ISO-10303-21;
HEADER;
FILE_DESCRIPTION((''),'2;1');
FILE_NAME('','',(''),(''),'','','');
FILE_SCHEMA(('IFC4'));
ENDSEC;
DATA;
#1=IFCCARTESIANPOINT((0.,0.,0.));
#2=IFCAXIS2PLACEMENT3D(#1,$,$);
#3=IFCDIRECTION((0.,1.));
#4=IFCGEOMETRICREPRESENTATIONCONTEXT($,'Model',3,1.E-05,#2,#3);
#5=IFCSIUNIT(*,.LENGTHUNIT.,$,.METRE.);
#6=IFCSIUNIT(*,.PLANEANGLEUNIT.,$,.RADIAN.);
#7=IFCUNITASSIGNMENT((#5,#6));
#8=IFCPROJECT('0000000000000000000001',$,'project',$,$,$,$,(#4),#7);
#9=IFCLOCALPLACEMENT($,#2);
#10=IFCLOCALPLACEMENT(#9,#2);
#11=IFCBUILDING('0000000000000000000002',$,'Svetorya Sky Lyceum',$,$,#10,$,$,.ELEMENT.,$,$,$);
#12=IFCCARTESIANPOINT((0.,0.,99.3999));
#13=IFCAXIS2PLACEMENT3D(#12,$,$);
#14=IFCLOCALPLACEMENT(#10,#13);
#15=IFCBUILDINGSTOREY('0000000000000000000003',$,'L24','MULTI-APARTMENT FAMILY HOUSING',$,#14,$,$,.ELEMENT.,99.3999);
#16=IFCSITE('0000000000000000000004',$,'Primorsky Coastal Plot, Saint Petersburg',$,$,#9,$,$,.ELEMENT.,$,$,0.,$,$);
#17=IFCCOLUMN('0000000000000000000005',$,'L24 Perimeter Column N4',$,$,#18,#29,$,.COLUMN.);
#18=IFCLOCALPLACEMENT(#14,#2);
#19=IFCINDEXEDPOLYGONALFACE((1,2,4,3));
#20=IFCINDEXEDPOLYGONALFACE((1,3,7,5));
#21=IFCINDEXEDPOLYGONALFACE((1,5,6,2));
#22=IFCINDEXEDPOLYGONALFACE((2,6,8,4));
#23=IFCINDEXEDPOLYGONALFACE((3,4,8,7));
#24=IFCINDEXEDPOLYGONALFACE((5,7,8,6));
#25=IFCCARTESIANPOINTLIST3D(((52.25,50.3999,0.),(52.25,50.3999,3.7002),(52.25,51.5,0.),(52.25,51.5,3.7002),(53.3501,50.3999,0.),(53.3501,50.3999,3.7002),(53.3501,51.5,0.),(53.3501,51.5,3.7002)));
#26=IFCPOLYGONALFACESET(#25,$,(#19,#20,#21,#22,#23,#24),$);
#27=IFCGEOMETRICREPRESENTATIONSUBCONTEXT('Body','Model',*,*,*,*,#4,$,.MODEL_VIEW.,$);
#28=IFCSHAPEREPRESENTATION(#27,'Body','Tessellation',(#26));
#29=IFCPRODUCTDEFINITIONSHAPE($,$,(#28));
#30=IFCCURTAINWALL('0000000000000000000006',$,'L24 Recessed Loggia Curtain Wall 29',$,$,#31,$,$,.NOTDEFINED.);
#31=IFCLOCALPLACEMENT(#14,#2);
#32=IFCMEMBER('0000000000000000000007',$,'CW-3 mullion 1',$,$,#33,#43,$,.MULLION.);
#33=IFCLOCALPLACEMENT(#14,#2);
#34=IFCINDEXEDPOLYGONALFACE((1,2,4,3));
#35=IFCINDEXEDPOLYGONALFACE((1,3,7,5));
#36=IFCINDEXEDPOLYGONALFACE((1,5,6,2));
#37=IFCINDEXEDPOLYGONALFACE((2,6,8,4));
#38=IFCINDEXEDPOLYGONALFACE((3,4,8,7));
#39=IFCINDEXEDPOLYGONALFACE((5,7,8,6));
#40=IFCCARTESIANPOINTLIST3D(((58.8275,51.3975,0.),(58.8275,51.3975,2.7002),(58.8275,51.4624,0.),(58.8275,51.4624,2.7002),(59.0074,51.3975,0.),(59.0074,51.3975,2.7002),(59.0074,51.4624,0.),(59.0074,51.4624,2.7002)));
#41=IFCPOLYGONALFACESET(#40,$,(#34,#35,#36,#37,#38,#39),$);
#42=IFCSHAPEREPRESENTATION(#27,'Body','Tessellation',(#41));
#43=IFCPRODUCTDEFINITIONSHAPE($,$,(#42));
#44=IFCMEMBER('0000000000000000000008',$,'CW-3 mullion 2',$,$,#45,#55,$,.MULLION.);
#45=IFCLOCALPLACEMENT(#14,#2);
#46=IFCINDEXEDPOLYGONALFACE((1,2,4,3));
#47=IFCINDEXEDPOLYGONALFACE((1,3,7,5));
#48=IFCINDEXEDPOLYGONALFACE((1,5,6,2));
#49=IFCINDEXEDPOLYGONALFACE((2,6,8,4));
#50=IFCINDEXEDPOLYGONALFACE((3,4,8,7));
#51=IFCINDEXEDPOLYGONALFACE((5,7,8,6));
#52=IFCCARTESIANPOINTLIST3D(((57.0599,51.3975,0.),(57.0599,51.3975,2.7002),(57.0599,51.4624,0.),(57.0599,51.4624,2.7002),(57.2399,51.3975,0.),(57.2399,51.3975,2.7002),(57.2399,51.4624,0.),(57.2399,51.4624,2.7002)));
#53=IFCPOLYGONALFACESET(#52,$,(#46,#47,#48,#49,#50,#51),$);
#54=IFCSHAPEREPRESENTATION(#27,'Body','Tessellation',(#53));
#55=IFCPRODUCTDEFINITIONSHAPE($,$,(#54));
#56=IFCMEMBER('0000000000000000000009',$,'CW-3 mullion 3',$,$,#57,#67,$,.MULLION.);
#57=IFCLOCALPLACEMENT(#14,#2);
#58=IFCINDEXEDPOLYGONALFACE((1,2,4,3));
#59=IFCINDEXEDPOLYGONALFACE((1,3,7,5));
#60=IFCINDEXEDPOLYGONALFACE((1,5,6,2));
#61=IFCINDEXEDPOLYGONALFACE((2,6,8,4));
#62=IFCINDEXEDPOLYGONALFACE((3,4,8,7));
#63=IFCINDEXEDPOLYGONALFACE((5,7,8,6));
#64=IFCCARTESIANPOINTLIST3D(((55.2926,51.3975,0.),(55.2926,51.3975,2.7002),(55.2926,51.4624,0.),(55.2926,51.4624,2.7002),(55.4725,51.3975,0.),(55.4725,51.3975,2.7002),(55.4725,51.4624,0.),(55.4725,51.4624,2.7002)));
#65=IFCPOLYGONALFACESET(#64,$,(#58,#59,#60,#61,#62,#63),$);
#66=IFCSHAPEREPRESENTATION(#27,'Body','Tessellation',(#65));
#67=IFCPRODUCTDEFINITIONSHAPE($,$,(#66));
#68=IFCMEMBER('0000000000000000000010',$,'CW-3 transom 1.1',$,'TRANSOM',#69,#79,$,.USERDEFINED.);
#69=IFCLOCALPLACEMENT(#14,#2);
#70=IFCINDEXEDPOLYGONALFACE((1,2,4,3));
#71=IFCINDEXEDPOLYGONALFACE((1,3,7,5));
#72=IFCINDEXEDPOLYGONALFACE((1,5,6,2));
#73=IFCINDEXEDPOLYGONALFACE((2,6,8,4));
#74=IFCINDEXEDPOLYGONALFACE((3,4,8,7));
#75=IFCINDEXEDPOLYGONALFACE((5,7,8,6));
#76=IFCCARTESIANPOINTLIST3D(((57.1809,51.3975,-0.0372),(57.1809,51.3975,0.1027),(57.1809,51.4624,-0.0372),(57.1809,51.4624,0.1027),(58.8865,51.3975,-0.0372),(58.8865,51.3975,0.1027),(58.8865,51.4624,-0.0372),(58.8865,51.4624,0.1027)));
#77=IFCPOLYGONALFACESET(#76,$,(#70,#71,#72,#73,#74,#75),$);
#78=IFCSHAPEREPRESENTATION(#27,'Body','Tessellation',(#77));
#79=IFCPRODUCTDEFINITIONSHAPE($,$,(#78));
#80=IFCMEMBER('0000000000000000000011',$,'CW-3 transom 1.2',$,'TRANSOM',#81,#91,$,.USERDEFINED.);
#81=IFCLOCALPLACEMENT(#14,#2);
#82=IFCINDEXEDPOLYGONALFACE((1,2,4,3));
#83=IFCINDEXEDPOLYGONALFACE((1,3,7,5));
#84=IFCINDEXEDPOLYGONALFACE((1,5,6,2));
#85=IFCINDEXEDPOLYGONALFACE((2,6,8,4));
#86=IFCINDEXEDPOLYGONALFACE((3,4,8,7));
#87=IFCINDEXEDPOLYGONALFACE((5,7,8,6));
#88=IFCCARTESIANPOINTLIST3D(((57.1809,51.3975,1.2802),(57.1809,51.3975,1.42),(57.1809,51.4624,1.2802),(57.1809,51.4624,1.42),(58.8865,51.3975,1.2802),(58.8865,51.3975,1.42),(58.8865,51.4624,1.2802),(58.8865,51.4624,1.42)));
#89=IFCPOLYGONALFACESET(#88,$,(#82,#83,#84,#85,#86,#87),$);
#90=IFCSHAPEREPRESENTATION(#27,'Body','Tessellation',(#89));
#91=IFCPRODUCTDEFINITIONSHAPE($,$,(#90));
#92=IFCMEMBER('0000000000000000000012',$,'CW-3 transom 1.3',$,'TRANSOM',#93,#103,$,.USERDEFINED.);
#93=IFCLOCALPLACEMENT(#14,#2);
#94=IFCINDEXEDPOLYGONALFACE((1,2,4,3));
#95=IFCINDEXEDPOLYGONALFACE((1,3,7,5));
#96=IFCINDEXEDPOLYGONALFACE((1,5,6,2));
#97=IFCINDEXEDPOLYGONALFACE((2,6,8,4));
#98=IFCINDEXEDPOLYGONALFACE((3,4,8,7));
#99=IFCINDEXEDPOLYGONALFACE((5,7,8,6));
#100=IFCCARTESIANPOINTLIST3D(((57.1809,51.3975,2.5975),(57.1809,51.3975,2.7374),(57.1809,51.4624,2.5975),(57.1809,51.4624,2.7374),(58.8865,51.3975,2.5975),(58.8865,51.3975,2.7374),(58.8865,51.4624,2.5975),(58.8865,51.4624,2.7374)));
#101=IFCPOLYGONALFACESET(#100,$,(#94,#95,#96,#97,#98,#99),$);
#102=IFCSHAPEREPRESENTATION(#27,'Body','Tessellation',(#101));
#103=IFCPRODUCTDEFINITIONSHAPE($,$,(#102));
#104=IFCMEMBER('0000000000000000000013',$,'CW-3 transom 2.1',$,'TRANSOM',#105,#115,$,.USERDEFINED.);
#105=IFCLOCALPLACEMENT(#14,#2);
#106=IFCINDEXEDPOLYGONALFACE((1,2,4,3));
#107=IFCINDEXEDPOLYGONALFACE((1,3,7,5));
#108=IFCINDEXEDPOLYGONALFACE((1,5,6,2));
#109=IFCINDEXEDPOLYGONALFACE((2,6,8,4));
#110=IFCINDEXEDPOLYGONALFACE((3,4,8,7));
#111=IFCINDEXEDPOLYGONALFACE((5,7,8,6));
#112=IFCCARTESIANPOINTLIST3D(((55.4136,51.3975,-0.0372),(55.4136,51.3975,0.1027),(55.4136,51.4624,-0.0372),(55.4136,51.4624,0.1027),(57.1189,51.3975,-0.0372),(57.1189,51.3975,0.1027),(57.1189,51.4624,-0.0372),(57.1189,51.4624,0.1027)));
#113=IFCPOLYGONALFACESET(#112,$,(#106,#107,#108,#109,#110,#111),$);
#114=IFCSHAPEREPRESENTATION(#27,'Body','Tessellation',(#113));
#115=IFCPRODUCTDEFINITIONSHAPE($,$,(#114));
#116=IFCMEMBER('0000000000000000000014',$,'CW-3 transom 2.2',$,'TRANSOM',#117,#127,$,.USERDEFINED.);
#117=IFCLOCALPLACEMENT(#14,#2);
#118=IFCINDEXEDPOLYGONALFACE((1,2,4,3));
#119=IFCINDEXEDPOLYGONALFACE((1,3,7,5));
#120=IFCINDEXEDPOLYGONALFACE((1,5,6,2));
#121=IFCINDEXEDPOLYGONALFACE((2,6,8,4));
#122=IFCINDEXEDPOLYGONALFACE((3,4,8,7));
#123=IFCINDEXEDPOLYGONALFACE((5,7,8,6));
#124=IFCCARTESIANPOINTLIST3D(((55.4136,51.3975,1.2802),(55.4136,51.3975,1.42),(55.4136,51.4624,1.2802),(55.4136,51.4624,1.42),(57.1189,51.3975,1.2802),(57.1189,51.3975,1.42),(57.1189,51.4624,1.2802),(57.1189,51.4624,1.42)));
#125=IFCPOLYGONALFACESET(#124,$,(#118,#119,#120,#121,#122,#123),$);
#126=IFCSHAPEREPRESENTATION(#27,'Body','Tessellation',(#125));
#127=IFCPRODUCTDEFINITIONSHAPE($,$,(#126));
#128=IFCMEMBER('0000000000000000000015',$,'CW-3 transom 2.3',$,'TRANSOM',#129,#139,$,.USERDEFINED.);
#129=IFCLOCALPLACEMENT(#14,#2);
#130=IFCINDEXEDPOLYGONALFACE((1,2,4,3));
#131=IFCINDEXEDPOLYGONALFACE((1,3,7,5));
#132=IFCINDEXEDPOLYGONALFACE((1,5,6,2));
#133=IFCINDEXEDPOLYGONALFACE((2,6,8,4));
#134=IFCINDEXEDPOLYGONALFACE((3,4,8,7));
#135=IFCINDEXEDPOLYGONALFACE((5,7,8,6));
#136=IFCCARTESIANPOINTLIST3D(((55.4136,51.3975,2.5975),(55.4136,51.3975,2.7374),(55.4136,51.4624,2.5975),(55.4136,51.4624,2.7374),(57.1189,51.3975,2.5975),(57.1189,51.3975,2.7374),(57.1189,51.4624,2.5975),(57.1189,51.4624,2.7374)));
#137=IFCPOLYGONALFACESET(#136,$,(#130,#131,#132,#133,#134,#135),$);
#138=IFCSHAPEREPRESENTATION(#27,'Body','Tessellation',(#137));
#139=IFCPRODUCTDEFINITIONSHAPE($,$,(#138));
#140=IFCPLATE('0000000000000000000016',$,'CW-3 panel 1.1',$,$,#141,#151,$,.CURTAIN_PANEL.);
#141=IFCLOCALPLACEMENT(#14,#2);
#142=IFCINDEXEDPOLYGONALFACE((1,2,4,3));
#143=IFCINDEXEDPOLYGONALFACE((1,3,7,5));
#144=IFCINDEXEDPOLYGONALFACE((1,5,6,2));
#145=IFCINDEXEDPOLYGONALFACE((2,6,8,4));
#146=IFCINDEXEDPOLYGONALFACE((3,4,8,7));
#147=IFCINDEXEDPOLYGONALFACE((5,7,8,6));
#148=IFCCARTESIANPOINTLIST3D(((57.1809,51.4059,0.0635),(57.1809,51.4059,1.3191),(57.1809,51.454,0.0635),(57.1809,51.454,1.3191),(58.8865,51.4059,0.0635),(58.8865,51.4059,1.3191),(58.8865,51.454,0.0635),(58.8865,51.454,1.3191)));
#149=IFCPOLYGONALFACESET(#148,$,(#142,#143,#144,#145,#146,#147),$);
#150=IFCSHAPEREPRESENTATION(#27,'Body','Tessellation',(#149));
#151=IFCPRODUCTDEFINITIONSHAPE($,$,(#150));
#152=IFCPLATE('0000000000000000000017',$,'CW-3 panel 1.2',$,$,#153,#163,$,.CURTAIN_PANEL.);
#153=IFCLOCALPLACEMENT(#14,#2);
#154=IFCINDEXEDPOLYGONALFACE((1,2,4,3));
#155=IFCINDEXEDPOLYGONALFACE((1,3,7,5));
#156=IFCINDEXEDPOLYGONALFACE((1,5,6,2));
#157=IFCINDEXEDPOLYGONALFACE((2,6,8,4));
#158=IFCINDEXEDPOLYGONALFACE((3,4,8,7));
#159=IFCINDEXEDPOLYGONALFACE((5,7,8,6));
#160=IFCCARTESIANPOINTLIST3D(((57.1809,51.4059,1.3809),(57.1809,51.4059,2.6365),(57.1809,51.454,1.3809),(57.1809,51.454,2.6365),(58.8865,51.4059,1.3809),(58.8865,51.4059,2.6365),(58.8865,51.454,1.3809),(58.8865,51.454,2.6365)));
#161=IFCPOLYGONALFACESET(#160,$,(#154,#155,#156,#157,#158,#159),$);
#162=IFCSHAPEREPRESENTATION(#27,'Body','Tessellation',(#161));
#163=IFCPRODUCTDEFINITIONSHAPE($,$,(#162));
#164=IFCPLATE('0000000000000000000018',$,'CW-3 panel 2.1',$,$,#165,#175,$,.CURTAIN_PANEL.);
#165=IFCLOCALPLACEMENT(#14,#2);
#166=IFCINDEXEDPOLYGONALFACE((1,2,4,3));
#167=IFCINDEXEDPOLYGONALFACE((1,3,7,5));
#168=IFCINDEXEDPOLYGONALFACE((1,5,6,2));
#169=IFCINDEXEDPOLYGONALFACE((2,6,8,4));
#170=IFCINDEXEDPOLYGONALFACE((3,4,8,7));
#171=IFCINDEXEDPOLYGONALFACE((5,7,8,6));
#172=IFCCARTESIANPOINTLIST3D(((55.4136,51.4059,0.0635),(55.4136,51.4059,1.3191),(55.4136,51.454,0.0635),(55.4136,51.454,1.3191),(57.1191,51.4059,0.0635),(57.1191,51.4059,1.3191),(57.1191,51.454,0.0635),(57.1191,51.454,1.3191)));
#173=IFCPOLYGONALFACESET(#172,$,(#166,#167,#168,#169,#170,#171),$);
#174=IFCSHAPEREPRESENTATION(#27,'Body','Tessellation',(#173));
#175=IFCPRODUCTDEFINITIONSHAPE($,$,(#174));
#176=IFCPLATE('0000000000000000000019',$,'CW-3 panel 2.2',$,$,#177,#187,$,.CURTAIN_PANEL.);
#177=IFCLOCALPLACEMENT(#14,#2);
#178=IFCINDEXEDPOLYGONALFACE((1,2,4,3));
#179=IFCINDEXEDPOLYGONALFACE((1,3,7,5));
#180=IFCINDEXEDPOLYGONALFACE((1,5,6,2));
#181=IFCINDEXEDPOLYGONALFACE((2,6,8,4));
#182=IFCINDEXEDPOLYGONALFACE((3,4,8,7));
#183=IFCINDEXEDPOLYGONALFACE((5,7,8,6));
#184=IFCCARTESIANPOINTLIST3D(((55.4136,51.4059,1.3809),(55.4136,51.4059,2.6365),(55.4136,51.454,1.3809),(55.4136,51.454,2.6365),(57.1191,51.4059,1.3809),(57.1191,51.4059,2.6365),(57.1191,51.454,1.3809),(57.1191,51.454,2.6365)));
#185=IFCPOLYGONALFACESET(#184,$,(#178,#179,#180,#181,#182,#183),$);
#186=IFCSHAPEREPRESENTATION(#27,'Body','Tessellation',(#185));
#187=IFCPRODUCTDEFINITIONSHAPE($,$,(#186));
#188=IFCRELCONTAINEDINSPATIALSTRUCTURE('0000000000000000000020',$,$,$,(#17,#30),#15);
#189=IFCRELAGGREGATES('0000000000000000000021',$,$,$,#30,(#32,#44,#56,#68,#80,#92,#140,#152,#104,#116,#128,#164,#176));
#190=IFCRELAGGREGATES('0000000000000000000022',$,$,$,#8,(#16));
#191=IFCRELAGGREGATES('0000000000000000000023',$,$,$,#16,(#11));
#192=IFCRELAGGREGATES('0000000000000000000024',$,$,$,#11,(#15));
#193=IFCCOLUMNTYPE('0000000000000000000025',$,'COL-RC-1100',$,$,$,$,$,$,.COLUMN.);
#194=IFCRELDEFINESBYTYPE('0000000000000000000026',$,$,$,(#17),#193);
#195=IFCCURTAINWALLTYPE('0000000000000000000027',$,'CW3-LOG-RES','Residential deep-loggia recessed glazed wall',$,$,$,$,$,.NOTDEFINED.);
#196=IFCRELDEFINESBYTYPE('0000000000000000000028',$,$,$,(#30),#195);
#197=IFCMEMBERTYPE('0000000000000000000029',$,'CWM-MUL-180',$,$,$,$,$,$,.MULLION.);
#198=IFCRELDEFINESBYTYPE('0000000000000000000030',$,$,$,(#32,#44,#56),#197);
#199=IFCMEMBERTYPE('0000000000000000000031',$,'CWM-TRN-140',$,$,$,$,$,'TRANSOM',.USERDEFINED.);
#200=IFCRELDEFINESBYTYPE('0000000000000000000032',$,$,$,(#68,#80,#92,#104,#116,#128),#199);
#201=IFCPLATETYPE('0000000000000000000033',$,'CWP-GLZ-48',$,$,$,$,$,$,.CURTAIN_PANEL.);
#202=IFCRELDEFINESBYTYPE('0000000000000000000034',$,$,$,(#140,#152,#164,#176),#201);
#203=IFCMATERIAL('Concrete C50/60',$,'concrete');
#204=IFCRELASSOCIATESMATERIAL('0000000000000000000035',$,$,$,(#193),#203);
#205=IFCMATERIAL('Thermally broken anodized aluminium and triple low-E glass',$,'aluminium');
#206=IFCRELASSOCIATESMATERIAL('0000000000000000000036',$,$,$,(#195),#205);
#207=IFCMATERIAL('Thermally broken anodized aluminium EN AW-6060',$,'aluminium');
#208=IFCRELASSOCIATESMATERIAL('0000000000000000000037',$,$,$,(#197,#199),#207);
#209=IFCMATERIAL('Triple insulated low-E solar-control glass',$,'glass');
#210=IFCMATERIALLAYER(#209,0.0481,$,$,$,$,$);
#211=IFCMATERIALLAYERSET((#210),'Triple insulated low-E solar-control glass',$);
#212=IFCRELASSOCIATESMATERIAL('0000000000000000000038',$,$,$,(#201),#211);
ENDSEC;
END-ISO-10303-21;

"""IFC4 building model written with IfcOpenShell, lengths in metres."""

from ifc_helpers import new_model, si_unit, direction, frame, origin, origin_2d, place, context, subcontext, project, spatial, rectangle, extrude, material, layer, layer_set, material_profile, profile_set, type_object, element, aggregate, save


model = new_model("IFC4")

# Units and contexts
model_context = context("Model", 3, precision=1e-05, world=origin(), true_north=direction((0.0, 1.0)))
body_context = subcontext(model_context, "Body", "Model", "MODEL_VIEW")
ifc_project = project(units=[si_unit("LENGTHUNIT", "METRE"), si_unit("PLANEANGLEUNIT", "RADIAN")], contexts=[model_context])

# Site, building, storey
site_placement = place(None, origin())
site = spatial("IfcSite", under=ifc_project, at=site_placement, Name="Primorsky Coastal Plot, Saint Petersburg", CompositionType="ELEMENT", RefElevation=0.0)
building_placement = place(site_placement, origin())
building = spatial("IfcBuilding", under=site, at=building_placement, Name="Svetorya Sky Lyceum", CompositionType="ELEMENT")
storey_placement = place(building_placement, frame((0.0, 0.0, 99.3999)))
storey = spatial("IfcBuildingStorey", under=building, at=storey_placement, Name="L24", Description="MULTI-APARTMENT FAMILY HOUSING", CompositionType="ELEMENT", Elevation=99.3999)

# Column
ifc_material_1 = material(Name="Concrete C50/60", Category="concrete")
ifc_material_profile_1 = material_profile(ifc_material_1, rectangle(XDim=1.1001, YDim=1.1001, at=origin_2d()), Name="RC COL 1100x1100")
ifc_profile_set_1 = profile_set([ifc_material_profile_1], Name="Concrete C50/60")
column_type = type_object("IfcColumnType", Name="COL-RC-1100", PredefinedType="COLUMN", material=ifc_profile_set_1)
column_placement = place(storey_placement, frame((52.8, 50.95, 0.0), z_axis=(0.0, 0.0, 1.0), x_axis=(1.0, 0.0, 0.0)))
element("IfcColumn", 1, at=column_placement, inside=storey, type_object=column_type, Name="L24 Perimeter Column N4", PredefinedType="COLUMN", context=body_context, shape_type="SweptSolid", body=[
    extrude(rectangle(XDim=1.1001, YDim=1.1001, at=origin_2d()), origin(), (0.0, 0.0, 1.0), 3.7002),
])

# Curtain wall, members, plates
ifc_material_2 = material(Name="Thermally broken anodized aluminium and triple low-E glass", Category="aluminium")
curtain_wall_type = type_object("IfcCurtainWallType", Name="CW3-LOG-RES", Description="Residential deep-loggia recessed glazed wall", PredefinedType="NOTDEFINED", material=ifc_material_2)
curtain_wall_placement = place(storey_placement, origin())
curtain_wall = element("IfcCurtainWall", 2, at=curtain_wall_placement, inside=storey, type_object=curtain_wall_type, Name="L24 Recessed Loggia Curtain Wall 29", PredefinedType="NOTDEFINED")
ifc_material_3 = material(Name="Thermally broken anodized aluminium EN AW-6060", Category="aluminium")
ifc_material_profile_2 = material_profile(ifc_material_3, rectangle(XDim=0.0649, YDim=0.1799, at=origin_2d()), Name="ALU MULLION 65x180")
ifc_profile_set_2 = profile_set([ifc_material_profile_2], Name="Thermally broken anodized aluminium EN AW-6060")
member_type_1 = type_object("IfcMemberType", Name="CWM-MUL-180", PredefinedType="MULLION", material=ifc_profile_set_2)
member_1_placement = place(storey_placement, frame((58.9175, 51.4299, 0.0), z_axis=(0.0, 0.0, 1.0), x_axis=(0.0, -1.0, 0.0)))
member_1 = element("IfcMember", 3, at=member_1_placement, type_object=member_type_1, Name="CW-3 mullion 1", PredefinedType="MULLION", context=body_context, shape_type="SweptSolid", body=[
    extrude(rectangle(XDim=0.0649, YDim=0.1799, at=origin_2d()), origin(), (0.0, 0.0, 1.0), 2.7002),
])
member_2_placement = place(storey_placement, frame((57.1499, 51.4299, 0.0), z_axis=(0.0, 0.0, 1.0), x_axis=(0.0, -1.0, 0.0)))
member_2 = element("IfcMember", 4, at=member_2_placement, type_object=member_type_1, Name="CW-3 mullion 2", PredefinedType="MULLION", context=body_context, shape_type="SweptSolid", body=[
    extrude(rectangle(XDim=0.0649, YDim=0.1799, at=origin_2d()), origin(), (0.0, 0.0, 1.0), 2.7002),
])
member_3_placement = place(storey_placement, frame((55.3826, 51.4299, 0.0), z_axis=(0.0, 0.0, 1.0), x_axis=(0.0, -1.0, 0.0)))
member_3 = element("IfcMember", 5, at=member_3_placement, type_object=member_type_1, Name="CW-3 mullion 3", PredefinedType="MULLION", context=body_context, shape_type="SweptSolid", body=[
    extrude(rectangle(XDim=0.0649, YDim=0.1799, at=origin_2d()), origin(), (0.0, 0.0, 1.0), 2.7002),
])
ifc_material_profile_3 = material_profile(ifc_material_3, rectangle(XDim=0.0649, YDim=0.1399, at=origin_2d()), Name="ALU TRANSOM 65x140")
ifc_profile_set_3 = profile_set([ifc_material_profile_3], Name="Thermally broken anodized aluminium EN AW-6060")
member_type_2 = type_object("IfcMemberType", Name="CWM-TRN-140", ElementType="TRANSOM", PredefinedType="USERDEFINED", material=ifc_profile_set_3)
member_4_placement = place(storey_placement, frame((58.8865, 51.4299, 0.0327), z_axis=(-1.0, 0.0, 0.0), x_axis=(0.0, -1.0, 0.0)))
member_4 = element("IfcMember", 6, at=member_4_placement, type_object=member_type_2, Name="CW-3 transom 1.1", ObjectType="TRANSOM", PredefinedType="USERDEFINED", context=body_context, shape_type="SweptSolid", body=[
    extrude(rectangle(XDim=0.0649, YDim=0.1399, at=origin_2d()), origin(), (0.0, 0.0, 1.0), 1.7056),
])
member_5_placement = place(storey_placement, frame((58.8865, 51.4299, 1.3501), z_axis=(-1.0, 0.0, 0.0), x_axis=(0.0, -1.0, 0.0)))
member_5 = element("IfcMember", 7, at=member_5_placement, type_object=member_type_2, Name="CW-3 transom 1.2", ObjectType="TRANSOM", PredefinedType="USERDEFINED", context=body_context, shape_type="SweptSolid", body=[
    extrude(rectangle(XDim=0.0649, YDim=0.1399, at=origin_2d()), origin(), (0.0, 0.0, 1.0), 1.7056),
])
member_6_placement = place(storey_placement, frame((58.8865, 51.4299, 2.6675), z_axis=(-1.0, 0.0, 0.0), x_axis=(0.0, -1.0, 0.0)))
member_6 = element("IfcMember", 8, at=member_6_placement, type_object=member_type_2, Name="CW-3 transom 1.3", ObjectType="TRANSOM", PredefinedType="USERDEFINED", context=body_context, shape_type="SweptSolid", body=[
    extrude(rectangle(XDim=0.0649, YDim=0.1399, at=origin_2d()), origin(), (0.0, 0.0, 1.0), 1.7056),
])
member_7_placement = place(storey_placement, frame((57.1189, 51.4299, 0.0327), z_axis=(-1.0, 0.0, 0.0), x_axis=(0.0, -1.0, 0.0)))
member_7 = element("IfcMember", 9, at=member_7_placement, type_object=member_type_2, Name="CW-3 transom 2.1", ObjectType="TRANSOM", PredefinedType="USERDEFINED", context=body_context, shape_type="SweptSolid", body=[
    extrude(rectangle(XDim=0.0649, YDim=0.1399, at=origin_2d()), origin(), (0.0, 0.0, 1.0), 1.7053),
])
member_8_placement = place(storey_placement, frame((57.1189, 51.4299, 1.3501), z_axis=(-1.0, 0.0, 0.0), x_axis=(0.0, -1.0, 0.0)))
member_8 = element("IfcMember", 10, at=member_8_placement, type_object=member_type_2, Name="CW-3 transom 2.2", ObjectType="TRANSOM", PredefinedType="USERDEFINED", context=body_context, shape_type="SweptSolid", body=[
    extrude(rectangle(XDim=0.0649, YDim=0.1399, at=origin_2d()), origin(), (0.0, 0.0, 1.0), 1.7053),
])
member_9_placement = place(storey_placement, frame((57.1189, 51.4299, 2.6675), z_axis=(-1.0, 0.0, 0.0), x_axis=(0.0, -1.0, 0.0)))
member_9 = element("IfcMember", 11, at=member_9_placement, type_object=member_type_2, Name="CW-3 transom 2.3", ObjectType="TRANSOM", PredefinedType="USERDEFINED", context=body_context, shape_type="SweptSolid", body=[
    extrude(rectangle(XDim=0.0649, YDim=0.1399, at=origin_2d()), origin(), (0.0, 0.0, 1.0), 1.7053),
])
ifc_material_4 = material(Name="Triple insulated low-E solar-control glass", Category="glass")
ifc_layer_1 = layer(ifc_material_4, 0.0481)
ifc_layer_set_1 = layer_set([ifc_layer_1], Name="Triple insulated low-E solar-control glass")
plate_type = type_object("IfcPlateType", Name="CWP-GLZ-48", PredefinedType="CURTAIN_PANEL", material=ifc_layer_set_1)
plate_1_placement = place(storey_placement, frame((58.0337, 51.4299, 0.0635), z_axis=(0.0, 0.0, 1.0), x_axis=(-1.0, 0.0, 0.0)))
plate_1 = element("IfcPlate", 12, at=plate_1_placement, type_object=plate_type, Name="CW-3 panel 1.1", PredefinedType="CURTAIN_PANEL", context=body_context, shape_type="SweptSolid", body=[
    extrude(rectangle(XDim=1.7056, YDim=0.0481, at=origin_2d()), origin(), (0.0, 0.0, 1.0), 1.2556),
])
plate_2_placement = place(storey_placement, frame((58.0337, 51.4299, 1.3809), z_axis=(0.0, 0.0, 1.0), x_axis=(-1.0, 0.0, 0.0)))
plate_2 = element("IfcPlate", 13, at=plate_2_placement, type_object=plate_type, Name="CW-3 panel 1.2", PredefinedType="CURTAIN_PANEL", context=body_context, shape_type="SweptSolid", body=[
    extrude(rectangle(XDim=1.7056, YDim=0.0481, at=origin_2d()), origin(), (0.0, 0.0, 1.0), 1.2556),
])
plate_3_placement = place(storey_placement, frame((56.2664, 51.4299, 0.0635), z_axis=(0.0, 0.0, 1.0), x_axis=(-1.0, 0.0, 0.0)))
plate_3 = element("IfcPlate", 14, at=plate_3_placement, type_object=plate_type, Name="CW-3 panel 2.1", PredefinedType="CURTAIN_PANEL", context=body_context, shape_type="SweptSolid", body=[
    extrude(rectangle(XDim=1.7056, YDim=0.0481, at=origin_2d()), origin(), (0.0, 0.0, 1.0), 1.2556),
])
plate_4_placement = place(storey_placement, frame((56.2664, 51.4299, 1.3809), z_axis=(0.0, 0.0, 1.0), x_axis=(-1.0, 0.0, 0.0)))
plate_4 = element("IfcPlate", 15, at=plate_4_placement, type_object=plate_type, Name="CW-3 panel 2.2", PredefinedType="CURTAIN_PANEL", context=body_context, shape_type="SweptSolid", body=[
    extrude(rectangle(XDim=1.7056, YDim=0.0481, at=origin_2d()), origin(), (0.0, 0.0, 1.0), 1.2556),
])
aggregate(curtain_wall, [member_1, member_2, member_3, member_4, member_5, member_6, plate_1, plate_2, member_7, member_8, member_9, plate_3, plate_4])

save(model, "model.ifc")
